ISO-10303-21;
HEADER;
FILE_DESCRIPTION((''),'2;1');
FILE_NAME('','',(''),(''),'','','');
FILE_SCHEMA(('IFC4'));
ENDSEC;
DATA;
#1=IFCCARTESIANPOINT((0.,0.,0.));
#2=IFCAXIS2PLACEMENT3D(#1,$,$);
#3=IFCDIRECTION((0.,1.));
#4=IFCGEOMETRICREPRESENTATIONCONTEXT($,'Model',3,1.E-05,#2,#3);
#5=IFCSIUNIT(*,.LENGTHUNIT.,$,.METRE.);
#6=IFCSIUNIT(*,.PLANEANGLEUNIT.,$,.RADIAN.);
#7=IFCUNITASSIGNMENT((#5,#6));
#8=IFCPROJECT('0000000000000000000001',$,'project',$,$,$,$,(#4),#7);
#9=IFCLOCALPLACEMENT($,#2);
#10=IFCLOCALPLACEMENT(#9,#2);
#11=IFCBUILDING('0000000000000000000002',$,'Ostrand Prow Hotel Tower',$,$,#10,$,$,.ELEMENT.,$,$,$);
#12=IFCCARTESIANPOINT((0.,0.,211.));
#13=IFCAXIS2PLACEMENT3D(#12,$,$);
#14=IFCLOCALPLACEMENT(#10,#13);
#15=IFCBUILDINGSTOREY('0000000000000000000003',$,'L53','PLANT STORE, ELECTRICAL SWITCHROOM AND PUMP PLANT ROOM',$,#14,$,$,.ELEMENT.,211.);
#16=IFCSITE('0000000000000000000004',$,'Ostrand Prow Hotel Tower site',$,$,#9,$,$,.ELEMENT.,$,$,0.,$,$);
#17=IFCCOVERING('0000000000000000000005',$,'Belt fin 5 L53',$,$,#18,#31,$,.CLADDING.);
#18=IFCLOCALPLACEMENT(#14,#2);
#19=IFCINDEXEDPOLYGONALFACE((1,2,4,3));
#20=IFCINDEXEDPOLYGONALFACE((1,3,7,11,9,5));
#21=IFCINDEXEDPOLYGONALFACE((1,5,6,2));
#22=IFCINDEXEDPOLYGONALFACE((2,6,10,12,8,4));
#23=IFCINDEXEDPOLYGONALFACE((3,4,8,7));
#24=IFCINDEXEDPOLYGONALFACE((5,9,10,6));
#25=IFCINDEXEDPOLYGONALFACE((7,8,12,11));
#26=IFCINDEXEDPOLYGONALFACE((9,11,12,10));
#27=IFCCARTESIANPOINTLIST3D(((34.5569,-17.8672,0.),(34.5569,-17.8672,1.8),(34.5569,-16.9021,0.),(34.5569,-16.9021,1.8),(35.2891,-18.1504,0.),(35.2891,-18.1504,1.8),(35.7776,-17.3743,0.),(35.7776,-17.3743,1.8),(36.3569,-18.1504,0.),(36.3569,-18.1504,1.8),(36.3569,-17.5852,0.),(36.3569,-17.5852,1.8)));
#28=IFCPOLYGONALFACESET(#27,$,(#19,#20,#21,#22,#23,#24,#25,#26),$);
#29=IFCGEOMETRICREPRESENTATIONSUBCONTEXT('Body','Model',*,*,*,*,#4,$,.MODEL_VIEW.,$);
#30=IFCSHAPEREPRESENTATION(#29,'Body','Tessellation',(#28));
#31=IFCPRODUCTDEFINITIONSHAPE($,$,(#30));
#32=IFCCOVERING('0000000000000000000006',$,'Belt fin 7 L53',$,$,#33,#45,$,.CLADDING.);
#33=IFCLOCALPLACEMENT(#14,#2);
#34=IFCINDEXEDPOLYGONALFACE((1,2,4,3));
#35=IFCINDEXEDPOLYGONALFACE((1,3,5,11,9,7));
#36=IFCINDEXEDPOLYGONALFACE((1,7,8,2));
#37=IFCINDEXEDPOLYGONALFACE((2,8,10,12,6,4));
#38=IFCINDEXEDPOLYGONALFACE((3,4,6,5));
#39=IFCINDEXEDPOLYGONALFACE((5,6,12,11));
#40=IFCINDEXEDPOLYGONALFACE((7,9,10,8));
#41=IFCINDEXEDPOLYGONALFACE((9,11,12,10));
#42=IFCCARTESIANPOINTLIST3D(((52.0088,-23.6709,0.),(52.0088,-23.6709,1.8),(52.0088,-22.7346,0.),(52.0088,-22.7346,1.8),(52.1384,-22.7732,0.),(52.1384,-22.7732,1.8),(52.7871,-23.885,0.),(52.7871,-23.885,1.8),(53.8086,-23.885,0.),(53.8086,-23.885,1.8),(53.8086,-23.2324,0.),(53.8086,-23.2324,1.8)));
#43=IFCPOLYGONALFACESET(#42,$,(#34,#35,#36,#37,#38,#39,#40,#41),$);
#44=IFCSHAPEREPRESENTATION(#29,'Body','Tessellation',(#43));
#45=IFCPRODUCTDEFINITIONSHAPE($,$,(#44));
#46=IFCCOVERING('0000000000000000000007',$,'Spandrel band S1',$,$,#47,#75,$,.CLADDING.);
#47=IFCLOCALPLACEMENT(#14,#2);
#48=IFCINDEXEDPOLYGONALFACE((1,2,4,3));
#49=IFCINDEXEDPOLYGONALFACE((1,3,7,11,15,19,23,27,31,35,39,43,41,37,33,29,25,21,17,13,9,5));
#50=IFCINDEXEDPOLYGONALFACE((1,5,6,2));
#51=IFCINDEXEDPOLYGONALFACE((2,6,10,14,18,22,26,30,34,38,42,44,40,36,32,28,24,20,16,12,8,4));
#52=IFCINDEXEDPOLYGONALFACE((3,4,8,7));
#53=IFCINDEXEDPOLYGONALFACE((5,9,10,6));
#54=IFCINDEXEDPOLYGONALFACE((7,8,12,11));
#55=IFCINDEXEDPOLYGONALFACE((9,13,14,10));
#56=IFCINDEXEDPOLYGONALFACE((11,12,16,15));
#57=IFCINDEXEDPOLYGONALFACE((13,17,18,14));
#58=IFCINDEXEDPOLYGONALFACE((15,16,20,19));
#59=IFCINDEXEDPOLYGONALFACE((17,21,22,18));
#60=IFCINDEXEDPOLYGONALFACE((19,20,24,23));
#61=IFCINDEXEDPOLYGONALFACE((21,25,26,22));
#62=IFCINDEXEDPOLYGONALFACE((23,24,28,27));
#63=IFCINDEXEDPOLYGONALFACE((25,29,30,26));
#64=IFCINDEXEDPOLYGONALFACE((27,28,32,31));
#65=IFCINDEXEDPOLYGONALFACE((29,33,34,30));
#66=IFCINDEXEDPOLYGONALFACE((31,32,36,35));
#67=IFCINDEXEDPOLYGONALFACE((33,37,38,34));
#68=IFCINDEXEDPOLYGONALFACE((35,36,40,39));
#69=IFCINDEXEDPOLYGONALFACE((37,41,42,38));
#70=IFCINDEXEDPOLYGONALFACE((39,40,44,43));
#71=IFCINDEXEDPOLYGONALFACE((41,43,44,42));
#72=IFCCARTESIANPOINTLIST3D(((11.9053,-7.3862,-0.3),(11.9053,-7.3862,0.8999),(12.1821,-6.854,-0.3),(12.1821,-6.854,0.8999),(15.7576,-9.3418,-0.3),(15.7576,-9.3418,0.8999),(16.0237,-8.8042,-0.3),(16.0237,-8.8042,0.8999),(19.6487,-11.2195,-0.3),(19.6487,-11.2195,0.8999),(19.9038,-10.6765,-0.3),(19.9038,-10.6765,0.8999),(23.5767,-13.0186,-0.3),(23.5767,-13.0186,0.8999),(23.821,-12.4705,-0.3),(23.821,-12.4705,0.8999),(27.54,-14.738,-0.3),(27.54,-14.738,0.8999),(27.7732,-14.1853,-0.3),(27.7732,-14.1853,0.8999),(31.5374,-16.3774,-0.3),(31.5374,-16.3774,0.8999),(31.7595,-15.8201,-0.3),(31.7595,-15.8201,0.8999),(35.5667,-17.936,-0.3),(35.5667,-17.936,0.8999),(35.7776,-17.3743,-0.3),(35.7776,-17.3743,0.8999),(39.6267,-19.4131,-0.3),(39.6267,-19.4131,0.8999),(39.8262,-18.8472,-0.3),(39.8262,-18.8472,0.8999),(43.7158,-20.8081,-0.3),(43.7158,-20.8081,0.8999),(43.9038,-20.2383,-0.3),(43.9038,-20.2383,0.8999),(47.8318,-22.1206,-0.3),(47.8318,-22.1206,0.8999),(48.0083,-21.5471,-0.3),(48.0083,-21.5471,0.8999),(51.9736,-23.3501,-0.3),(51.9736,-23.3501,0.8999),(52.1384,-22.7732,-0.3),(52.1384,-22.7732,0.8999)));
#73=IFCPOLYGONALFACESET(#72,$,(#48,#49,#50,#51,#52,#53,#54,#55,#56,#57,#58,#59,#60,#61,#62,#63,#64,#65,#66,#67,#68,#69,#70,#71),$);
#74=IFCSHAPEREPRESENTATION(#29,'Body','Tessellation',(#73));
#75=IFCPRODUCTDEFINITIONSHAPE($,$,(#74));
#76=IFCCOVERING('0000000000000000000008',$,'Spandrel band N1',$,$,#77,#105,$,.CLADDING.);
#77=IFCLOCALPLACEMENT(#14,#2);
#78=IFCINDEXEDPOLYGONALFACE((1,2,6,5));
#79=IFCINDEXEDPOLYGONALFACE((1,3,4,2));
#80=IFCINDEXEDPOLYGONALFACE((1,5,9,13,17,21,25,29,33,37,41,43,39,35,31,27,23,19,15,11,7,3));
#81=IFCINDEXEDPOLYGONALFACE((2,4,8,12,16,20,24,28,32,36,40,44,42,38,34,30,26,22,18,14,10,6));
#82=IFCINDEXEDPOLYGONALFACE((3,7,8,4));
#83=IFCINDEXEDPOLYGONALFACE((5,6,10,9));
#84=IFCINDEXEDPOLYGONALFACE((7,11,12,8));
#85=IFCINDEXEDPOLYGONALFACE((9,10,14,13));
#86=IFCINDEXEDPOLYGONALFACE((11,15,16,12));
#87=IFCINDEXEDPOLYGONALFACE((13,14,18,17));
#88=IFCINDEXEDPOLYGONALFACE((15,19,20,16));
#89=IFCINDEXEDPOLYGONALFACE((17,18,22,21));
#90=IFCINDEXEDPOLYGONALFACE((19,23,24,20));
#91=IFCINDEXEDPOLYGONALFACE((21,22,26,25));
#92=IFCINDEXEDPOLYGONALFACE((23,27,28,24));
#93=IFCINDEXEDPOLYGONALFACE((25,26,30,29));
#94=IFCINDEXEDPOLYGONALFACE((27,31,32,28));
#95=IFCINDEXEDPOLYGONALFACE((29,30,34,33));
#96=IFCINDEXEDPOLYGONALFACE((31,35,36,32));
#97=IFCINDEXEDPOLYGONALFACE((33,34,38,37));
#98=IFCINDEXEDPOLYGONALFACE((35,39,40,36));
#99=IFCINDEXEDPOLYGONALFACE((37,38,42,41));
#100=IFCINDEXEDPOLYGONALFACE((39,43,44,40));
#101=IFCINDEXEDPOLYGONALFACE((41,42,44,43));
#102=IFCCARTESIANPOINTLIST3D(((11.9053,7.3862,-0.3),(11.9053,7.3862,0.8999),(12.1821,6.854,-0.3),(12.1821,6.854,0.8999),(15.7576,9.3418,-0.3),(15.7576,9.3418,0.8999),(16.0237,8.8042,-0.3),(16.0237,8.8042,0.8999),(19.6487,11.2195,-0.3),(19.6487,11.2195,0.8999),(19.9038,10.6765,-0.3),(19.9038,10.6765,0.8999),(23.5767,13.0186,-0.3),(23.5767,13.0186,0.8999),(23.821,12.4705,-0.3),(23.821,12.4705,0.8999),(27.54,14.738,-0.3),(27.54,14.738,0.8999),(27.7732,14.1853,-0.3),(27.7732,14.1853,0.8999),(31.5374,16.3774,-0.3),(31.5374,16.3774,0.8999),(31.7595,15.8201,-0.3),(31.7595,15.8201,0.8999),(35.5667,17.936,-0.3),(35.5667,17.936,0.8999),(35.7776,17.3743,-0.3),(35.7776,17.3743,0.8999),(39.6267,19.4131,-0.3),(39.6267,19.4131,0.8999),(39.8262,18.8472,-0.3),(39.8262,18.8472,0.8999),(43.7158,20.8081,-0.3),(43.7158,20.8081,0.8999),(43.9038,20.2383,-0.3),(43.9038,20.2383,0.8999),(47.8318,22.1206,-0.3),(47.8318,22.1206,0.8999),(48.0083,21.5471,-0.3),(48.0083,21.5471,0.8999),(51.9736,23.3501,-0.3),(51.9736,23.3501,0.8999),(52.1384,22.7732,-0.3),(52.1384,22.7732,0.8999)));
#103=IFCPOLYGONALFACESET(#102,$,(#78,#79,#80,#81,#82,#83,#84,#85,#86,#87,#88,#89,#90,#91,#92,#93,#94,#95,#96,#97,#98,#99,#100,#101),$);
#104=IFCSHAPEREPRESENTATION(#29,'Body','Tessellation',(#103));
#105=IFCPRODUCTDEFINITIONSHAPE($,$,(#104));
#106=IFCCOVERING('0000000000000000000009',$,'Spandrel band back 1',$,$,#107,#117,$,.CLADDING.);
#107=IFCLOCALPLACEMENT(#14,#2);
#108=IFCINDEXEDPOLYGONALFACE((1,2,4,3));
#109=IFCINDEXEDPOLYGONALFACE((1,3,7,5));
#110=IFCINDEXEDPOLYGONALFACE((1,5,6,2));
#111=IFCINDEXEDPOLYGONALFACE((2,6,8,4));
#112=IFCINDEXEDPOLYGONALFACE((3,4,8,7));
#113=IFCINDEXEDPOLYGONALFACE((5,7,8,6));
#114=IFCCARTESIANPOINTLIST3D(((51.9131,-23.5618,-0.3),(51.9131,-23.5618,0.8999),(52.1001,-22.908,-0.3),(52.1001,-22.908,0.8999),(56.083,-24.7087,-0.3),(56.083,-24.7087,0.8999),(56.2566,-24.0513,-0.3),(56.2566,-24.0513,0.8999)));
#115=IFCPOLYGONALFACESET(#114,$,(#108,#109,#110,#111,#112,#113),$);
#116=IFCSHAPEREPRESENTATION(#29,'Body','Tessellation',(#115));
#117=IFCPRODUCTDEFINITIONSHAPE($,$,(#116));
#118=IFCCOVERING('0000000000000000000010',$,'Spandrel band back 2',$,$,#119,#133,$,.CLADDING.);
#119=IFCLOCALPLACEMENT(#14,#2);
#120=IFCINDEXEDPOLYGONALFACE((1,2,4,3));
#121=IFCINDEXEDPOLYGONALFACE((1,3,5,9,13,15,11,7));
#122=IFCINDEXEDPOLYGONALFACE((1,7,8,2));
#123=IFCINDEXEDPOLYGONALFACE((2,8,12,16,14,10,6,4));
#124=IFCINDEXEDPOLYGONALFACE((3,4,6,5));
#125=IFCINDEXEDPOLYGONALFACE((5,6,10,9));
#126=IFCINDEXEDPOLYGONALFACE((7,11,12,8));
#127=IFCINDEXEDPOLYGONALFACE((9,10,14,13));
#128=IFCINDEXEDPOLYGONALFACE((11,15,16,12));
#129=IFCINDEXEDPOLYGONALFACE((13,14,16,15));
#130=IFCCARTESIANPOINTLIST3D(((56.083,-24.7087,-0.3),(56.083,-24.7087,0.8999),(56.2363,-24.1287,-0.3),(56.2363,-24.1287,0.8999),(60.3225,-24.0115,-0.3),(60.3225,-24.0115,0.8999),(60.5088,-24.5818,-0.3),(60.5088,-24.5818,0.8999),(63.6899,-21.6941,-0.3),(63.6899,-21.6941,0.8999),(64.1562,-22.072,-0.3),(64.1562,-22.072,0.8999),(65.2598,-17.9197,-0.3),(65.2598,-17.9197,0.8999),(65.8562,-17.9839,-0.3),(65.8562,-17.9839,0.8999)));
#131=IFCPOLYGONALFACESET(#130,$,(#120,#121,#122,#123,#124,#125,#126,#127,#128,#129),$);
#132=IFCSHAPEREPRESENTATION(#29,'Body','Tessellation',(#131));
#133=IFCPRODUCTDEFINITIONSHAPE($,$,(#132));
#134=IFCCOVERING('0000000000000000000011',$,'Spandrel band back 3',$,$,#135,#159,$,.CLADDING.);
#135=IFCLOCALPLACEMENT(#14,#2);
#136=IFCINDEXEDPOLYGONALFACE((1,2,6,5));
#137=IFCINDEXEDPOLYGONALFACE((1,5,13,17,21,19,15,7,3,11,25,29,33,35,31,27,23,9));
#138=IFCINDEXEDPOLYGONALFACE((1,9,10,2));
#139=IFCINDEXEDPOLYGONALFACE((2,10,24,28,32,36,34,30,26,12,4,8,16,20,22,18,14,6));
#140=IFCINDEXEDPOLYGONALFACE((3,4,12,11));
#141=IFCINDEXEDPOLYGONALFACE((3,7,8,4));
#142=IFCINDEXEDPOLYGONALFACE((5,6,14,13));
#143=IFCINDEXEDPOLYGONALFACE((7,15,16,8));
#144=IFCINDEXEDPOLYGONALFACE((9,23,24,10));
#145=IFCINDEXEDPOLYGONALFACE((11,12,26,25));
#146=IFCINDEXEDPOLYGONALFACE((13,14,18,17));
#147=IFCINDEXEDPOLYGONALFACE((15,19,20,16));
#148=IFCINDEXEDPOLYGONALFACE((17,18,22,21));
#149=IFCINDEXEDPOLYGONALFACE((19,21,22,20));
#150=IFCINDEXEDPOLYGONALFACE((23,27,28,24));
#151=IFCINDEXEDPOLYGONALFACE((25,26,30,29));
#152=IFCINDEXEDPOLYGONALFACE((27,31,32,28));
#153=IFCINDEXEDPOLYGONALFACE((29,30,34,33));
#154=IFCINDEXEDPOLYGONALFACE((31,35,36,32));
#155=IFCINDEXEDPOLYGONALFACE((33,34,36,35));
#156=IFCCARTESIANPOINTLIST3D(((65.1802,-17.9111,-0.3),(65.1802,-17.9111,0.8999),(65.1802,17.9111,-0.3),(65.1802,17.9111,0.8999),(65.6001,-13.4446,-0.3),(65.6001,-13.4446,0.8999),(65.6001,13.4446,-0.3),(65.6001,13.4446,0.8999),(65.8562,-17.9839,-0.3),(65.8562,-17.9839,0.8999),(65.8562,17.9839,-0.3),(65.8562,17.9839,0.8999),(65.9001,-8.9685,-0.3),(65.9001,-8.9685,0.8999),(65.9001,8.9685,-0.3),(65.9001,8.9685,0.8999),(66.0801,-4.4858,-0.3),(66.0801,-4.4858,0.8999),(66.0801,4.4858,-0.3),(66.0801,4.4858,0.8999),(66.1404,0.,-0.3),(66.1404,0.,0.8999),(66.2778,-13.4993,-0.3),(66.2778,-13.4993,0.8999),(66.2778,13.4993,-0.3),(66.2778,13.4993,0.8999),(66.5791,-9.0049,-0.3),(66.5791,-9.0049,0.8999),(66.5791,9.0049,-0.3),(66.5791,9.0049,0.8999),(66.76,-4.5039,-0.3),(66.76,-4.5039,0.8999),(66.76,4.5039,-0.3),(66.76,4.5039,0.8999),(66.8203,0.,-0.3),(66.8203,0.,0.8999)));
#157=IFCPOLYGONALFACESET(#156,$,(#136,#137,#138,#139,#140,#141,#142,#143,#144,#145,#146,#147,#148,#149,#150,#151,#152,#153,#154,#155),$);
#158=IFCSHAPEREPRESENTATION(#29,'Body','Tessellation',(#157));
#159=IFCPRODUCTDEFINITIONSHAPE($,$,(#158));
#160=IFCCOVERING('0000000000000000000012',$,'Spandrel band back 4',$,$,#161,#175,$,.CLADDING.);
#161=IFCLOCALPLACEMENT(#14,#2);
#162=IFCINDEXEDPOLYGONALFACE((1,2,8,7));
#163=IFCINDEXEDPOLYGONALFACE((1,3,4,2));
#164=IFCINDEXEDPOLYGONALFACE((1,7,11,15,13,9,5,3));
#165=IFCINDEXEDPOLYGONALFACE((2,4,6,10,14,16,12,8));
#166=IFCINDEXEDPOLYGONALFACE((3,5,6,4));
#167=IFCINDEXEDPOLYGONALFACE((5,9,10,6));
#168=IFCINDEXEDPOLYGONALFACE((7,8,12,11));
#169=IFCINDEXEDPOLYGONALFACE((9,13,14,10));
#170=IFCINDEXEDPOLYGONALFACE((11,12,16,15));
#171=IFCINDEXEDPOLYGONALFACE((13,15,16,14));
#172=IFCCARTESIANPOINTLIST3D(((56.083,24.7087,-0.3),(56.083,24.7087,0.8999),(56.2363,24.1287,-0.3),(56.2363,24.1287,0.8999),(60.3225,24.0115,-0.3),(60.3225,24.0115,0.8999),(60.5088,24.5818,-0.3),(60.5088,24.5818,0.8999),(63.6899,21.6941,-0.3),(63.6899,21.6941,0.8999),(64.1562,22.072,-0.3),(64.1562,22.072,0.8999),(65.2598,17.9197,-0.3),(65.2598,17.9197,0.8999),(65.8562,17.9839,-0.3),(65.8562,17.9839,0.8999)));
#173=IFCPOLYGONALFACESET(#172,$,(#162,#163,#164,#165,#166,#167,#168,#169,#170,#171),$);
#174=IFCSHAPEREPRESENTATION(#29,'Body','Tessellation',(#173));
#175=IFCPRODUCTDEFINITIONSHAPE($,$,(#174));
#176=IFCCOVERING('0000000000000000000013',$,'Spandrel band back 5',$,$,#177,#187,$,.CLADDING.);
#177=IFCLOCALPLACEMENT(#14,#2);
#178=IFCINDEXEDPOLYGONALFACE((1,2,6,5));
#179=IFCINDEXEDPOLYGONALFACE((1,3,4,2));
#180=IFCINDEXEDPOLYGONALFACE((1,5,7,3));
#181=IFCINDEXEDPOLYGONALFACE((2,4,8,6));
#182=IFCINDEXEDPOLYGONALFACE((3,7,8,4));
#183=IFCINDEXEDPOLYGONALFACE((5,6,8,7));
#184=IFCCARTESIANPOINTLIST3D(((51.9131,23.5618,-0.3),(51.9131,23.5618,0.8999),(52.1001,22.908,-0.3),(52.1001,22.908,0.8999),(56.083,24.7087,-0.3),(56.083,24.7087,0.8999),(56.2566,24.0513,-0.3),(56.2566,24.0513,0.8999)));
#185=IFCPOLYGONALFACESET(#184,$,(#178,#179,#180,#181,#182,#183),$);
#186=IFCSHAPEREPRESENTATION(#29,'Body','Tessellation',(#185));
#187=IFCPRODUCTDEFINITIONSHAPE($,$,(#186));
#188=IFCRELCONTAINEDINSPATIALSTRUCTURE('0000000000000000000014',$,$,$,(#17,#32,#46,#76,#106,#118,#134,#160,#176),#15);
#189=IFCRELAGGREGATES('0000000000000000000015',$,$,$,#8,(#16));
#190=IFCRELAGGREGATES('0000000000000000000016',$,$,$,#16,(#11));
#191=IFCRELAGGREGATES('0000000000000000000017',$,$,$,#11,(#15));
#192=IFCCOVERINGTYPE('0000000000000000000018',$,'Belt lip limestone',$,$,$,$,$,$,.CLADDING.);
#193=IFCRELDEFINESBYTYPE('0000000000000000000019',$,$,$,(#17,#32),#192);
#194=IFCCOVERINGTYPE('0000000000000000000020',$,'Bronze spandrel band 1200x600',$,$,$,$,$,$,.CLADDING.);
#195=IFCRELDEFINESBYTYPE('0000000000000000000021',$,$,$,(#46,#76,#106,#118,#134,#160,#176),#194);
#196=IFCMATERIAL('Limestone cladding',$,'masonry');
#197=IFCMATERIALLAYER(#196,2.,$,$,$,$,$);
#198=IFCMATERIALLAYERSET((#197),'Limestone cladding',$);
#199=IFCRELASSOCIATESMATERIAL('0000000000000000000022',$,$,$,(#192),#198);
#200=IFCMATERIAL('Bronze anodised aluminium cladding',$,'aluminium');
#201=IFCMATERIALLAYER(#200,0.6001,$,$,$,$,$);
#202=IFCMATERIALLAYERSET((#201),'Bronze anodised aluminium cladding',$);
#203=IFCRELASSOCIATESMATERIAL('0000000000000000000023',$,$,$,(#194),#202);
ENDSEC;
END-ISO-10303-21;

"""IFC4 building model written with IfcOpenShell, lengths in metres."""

from ifc_helpers import new_model, si_unit, direction, frame, origin, place, context, subcontext, project, spatial, polyline, outline, extrude, material, layer, layer_set, type_object, element, save


model = new_model("IFC4")

# Units and contexts
model_context = context("Model", 3, precision=1e-05, world=origin(), true_north=direction((0.0, 1.0)))
body_context = subcontext(model_context, "Body", "Model", "MODEL_VIEW")
ifc_project = project(units=[si_unit("LENGTHUNIT", "METRE"), si_unit("PLANEANGLEUNIT", "RADIAN")], contexts=[model_context])

# Site, building, storey
site_placement = place(None, origin())
site = spatial("IfcSite", under=ifc_project, at=site_placement, Name="Ostrand Prow Hotel Tower site", CompositionType="ELEMENT", RefElevation=0.0)
building_placement = place(site_placement, origin())
building = spatial("IfcBuilding", under=site, at=building_placement, Name="Ostrand Prow Hotel Tower", CompositionType="ELEMENT")
storey_placement = place(building_placement, frame((0.0, 0.0, 211.0)))
storey = spatial("IfcBuildingStorey", under=building, at=storey_placement, Name="L53", Description="PLANT STORE, ELECTRICAL SWITCHROOM AND PUMP PLANT ROOM", CompositionType="ELEMENT", Elevation=211.0)

# Coverings
ifc_material_1 = material(Name="Limestone cladding", Category="masonry")
ifc_layer_1 = layer(ifc_material_1, 2.0)
ifc_layer_set_1 = layer_set([ifc_layer_1], Name="Limestone cladding")
covering_type_1 = type_object("IfcCoveringType", Name="Belt lip limestone", PredefinedType="CLADDING", material=ifc_layer_set_1)
covering_1_placement = place(storey_placement, origin())
element("IfcCovering", 1, at=covering_1_placement, inside=storey, type_object=covering_type_1, Name="Belt fin 5 L53", PredefinedType="CLADDING", context=body_context, shape_type="SweptSolid", body=[
    extrude(outline(polyline([(34.5569, -17.8672), (35.2891, -18.1504), (36.3569, -18.1504), (36.3569, -17.5852), (35.7776, -17.3743), (34.5569, -16.9021), (34.5569, -17.8672)])), origin(), (0.0, 0.0, 1.0), 1.8),
])
covering_2_placement = place(storey_placement, origin())
element("IfcCovering", 2, at=covering_2_placement, inside=storey, type_object=covering_type_1, Name="Belt fin 7 L53", PredefinedType="CLADDING", context=body_context, shape_type="SweptSolid", body=[
    extrude(outline(polyline([(52.0088, -23.6709), (52.7871, -23.885), (53.8086, -23.885), (53.8086, -23.2324), (52.1384, -22.7732), (52.0088, -22.7346), (52.0088, -23.6709)])), origin(), (0.0, 0.0, 1.0), 1.8),
])
ifc_material_2 = material(Name="Bronze anodised aluminium cladding", Category="aluminium")
ifc_layer_2 = layer(ifc_material_2, 0.6001)
ifc_layer_set_2 = layer_set([ifc_layer_2], Name="Bronze anodised aluminium cladding")
covering_type_2 = type_object("IfcCoveringType", Name="Bronze spandrel band 1200x600", PredefinedType="CLADDING", material=ifc_layer_set_2)
covering_3_placement = place(storey_placement, frame((0.0, 0.0, -0.3)))
element("IfcCovering", 3, at=covering_3_placement, inside=storey, type_object=covering_type_2, Name="Spandrel band S1", PredefinedType="CLADDING", context=body_context, shape_type="SweptSolid", body=[
    extrude(outline(polyline([(11.9053, -7.3862), (15.7576, -9.3418), (19.6487, -11.2195), (23.5767, -13.0186), (27.54, -14.738), (31.5374, -16.3774), (35.5667, -17.936), (39.6267, -19.4131), (43.7158, -20.8081), (47.8318, -22.1206), (51.9736, -23.3501), (52.1384, -22.7732), (48.0083, -21.5471), (43.9038, -20.2383), (39.8262, -18.8472), (35.7776, -17.3743), (31.7595, -15.8201), (27.7732, -14.1853), (23.821, -12.4705), (19.9038, -10.6765), (16.0237, -8.8042), (12.1821, -6.854), (11.9053, -7.3862)])), origin(), (0.0, 0.0, 1.0), 1.2),
])
covering_4_placement = place(storey_placement, frame((0.0, 0.0, -0.3)))
element("IfcCovering", 4, at=covering_4_placement, inside=storey, type_object=covering_type_2, Name="Spandrel band N1", PredefinedType="CLADDING", context=body_context, shape_type="SweptSolid", body=[
    extrude(outline(polyline([(51.9736, 23.3501), (47.8318, 22.1206), (43.7158, 20.8081), (39.6267, 19.4131), (35.5667, 17.936), (31.5374, 16.3774), (27.54, 14.738), (23.5767, 13.0186), (19.6487, 11.2195), (15.7576, 9.3418), (11.9053, 7.3862), (12.1821, 6.854), (16.0237, 8.8042), (19.9038, 10.6765), (23.821, 12.4705), (27.7732, 14.1853), (31.7595, 15.8201), (35.7776, 17.3743), (39.8262, 18.8472), (43.9038, 20.2383), (48.0083, 21.5471), (52.1384, 22.7732), (51.9736, 23.3501)])), origin(), (0.0, 0.0, 1.0), 1.2),
])
covering_5_placement = place(storey_placement, frame((0.0, 0.0, -0.3)))
element("IfcCovering", 5, at=covering_5_placement, inside=storey, type_object=covering_type_2, Name="Spandrel band back 1", PredefinedType="CLADDING", context=body_context, shape_type="SweptSolid", body=[
    extrude(outline(polyline([(51.9131, -23.5618), (56.083, -24.7087), (56.2566, -24.0513), (52.1001, -22.908), (51.9131, -23.5618)])), origin(), (0.0, 0.0, 1.0), 1.2),
])
covering_6_placement = place(storey_placement, frame((0.0, 0.0, -0.3)))
element("IfcCovering", 6, at=covering_6_placement, inside=storey, type_object=covering_type_2, Name="Spandrel band back 2", PredefinedType="CLADDING", context=body_context, shape_type="SweptSolid", body=[
    extrude(outline(polyline([(56.083, -24.7087), (60.5088, -24.5818), (64.1562, -22.072), (65.8562, -17.9839), (65.2598, -17.9197), (63.6899, -21.6941), (60.3225, -24.0115), (56.2363, -24.1287), (56.083, -24.7087)])), origin(), (0.0, 0.0, 1.0), 1.2),
])
covering_7_placement = place(storey_placement, frame((0.0, 0.0, -0.3)))
element("IfcCovering", 7, at=covering_7_placement, inside=storey, type_object=covering_type_2, Name="Spandrel band back 3", PredefinedType="CLADDING", context=body_context, shape_type="SweptSolid", body=[
    extrude(outline(polyline([(65.8562, -17.9839), (66.2778, -13.4993), (66.5791, -9.0049), (66.76, -4.5039), (66.8203, 0.0), (66.76, 4.5039), (66.5791, 9.0049), (66.2778, 13.4993), (65.8562, 17.9839), (65.1802, 17.9111), (65.6001, 13.4446), (65.9001, 8.9685), (66.0801, 4.4858), (66.1404, 0.0), (66.0801, -4.4858), (65.9001, -8.9685), (65.6001, -13.4446), (65.1802, -17.9111), (65.8562, -17.9839)])), origin(), (0.0, 0.0, 1.0), 1.2),
])
covering_8_placement = place(storey_placement, frame((0.0, 0.0, -0.3)))
element("IfcCovering", 8, at=covering_8_placement, inside=storey, type_object=covering_type_2, Name="Spandrel band back 4", PredefinedType="CLADDING", context=body_context, shape_type="SweptSolid", body=[
    extrude(outline(polyline([(65.8562, 17.9839), (64.1562, 22.072), (60.5088, 24.5818), (56.083, 24.7087), (56.2363, 24.1287), (60.3225, 24.0115), (63.6899, 21.6941), (65.2598, 17.9197), (65.8562, 17.9839)])), origin(), (0.0, 0.0, 1.0), 1.2),
])
covering_9_placement = place(storey_placement, frame((0.0, 0.0, -0.3)))
element("IfcCovering", 9, at=covering_9_placement, inside=storey, type_object=covering_type_2, Name="Spandrel band back 5", PredefinedType="CLADDING", context=body_context, shape_type="SweptSolid", body=[
    extrude(outline(polyline([(56.083, 24.7087), (51.9131, 23.5618), (52.1001, 22.908), (56.2566, 24.0513), (56.083, 24.7087)])), origin(), (0.0, 0.0, 1.0), 1.2),
])

save(model, "model.ifc")
